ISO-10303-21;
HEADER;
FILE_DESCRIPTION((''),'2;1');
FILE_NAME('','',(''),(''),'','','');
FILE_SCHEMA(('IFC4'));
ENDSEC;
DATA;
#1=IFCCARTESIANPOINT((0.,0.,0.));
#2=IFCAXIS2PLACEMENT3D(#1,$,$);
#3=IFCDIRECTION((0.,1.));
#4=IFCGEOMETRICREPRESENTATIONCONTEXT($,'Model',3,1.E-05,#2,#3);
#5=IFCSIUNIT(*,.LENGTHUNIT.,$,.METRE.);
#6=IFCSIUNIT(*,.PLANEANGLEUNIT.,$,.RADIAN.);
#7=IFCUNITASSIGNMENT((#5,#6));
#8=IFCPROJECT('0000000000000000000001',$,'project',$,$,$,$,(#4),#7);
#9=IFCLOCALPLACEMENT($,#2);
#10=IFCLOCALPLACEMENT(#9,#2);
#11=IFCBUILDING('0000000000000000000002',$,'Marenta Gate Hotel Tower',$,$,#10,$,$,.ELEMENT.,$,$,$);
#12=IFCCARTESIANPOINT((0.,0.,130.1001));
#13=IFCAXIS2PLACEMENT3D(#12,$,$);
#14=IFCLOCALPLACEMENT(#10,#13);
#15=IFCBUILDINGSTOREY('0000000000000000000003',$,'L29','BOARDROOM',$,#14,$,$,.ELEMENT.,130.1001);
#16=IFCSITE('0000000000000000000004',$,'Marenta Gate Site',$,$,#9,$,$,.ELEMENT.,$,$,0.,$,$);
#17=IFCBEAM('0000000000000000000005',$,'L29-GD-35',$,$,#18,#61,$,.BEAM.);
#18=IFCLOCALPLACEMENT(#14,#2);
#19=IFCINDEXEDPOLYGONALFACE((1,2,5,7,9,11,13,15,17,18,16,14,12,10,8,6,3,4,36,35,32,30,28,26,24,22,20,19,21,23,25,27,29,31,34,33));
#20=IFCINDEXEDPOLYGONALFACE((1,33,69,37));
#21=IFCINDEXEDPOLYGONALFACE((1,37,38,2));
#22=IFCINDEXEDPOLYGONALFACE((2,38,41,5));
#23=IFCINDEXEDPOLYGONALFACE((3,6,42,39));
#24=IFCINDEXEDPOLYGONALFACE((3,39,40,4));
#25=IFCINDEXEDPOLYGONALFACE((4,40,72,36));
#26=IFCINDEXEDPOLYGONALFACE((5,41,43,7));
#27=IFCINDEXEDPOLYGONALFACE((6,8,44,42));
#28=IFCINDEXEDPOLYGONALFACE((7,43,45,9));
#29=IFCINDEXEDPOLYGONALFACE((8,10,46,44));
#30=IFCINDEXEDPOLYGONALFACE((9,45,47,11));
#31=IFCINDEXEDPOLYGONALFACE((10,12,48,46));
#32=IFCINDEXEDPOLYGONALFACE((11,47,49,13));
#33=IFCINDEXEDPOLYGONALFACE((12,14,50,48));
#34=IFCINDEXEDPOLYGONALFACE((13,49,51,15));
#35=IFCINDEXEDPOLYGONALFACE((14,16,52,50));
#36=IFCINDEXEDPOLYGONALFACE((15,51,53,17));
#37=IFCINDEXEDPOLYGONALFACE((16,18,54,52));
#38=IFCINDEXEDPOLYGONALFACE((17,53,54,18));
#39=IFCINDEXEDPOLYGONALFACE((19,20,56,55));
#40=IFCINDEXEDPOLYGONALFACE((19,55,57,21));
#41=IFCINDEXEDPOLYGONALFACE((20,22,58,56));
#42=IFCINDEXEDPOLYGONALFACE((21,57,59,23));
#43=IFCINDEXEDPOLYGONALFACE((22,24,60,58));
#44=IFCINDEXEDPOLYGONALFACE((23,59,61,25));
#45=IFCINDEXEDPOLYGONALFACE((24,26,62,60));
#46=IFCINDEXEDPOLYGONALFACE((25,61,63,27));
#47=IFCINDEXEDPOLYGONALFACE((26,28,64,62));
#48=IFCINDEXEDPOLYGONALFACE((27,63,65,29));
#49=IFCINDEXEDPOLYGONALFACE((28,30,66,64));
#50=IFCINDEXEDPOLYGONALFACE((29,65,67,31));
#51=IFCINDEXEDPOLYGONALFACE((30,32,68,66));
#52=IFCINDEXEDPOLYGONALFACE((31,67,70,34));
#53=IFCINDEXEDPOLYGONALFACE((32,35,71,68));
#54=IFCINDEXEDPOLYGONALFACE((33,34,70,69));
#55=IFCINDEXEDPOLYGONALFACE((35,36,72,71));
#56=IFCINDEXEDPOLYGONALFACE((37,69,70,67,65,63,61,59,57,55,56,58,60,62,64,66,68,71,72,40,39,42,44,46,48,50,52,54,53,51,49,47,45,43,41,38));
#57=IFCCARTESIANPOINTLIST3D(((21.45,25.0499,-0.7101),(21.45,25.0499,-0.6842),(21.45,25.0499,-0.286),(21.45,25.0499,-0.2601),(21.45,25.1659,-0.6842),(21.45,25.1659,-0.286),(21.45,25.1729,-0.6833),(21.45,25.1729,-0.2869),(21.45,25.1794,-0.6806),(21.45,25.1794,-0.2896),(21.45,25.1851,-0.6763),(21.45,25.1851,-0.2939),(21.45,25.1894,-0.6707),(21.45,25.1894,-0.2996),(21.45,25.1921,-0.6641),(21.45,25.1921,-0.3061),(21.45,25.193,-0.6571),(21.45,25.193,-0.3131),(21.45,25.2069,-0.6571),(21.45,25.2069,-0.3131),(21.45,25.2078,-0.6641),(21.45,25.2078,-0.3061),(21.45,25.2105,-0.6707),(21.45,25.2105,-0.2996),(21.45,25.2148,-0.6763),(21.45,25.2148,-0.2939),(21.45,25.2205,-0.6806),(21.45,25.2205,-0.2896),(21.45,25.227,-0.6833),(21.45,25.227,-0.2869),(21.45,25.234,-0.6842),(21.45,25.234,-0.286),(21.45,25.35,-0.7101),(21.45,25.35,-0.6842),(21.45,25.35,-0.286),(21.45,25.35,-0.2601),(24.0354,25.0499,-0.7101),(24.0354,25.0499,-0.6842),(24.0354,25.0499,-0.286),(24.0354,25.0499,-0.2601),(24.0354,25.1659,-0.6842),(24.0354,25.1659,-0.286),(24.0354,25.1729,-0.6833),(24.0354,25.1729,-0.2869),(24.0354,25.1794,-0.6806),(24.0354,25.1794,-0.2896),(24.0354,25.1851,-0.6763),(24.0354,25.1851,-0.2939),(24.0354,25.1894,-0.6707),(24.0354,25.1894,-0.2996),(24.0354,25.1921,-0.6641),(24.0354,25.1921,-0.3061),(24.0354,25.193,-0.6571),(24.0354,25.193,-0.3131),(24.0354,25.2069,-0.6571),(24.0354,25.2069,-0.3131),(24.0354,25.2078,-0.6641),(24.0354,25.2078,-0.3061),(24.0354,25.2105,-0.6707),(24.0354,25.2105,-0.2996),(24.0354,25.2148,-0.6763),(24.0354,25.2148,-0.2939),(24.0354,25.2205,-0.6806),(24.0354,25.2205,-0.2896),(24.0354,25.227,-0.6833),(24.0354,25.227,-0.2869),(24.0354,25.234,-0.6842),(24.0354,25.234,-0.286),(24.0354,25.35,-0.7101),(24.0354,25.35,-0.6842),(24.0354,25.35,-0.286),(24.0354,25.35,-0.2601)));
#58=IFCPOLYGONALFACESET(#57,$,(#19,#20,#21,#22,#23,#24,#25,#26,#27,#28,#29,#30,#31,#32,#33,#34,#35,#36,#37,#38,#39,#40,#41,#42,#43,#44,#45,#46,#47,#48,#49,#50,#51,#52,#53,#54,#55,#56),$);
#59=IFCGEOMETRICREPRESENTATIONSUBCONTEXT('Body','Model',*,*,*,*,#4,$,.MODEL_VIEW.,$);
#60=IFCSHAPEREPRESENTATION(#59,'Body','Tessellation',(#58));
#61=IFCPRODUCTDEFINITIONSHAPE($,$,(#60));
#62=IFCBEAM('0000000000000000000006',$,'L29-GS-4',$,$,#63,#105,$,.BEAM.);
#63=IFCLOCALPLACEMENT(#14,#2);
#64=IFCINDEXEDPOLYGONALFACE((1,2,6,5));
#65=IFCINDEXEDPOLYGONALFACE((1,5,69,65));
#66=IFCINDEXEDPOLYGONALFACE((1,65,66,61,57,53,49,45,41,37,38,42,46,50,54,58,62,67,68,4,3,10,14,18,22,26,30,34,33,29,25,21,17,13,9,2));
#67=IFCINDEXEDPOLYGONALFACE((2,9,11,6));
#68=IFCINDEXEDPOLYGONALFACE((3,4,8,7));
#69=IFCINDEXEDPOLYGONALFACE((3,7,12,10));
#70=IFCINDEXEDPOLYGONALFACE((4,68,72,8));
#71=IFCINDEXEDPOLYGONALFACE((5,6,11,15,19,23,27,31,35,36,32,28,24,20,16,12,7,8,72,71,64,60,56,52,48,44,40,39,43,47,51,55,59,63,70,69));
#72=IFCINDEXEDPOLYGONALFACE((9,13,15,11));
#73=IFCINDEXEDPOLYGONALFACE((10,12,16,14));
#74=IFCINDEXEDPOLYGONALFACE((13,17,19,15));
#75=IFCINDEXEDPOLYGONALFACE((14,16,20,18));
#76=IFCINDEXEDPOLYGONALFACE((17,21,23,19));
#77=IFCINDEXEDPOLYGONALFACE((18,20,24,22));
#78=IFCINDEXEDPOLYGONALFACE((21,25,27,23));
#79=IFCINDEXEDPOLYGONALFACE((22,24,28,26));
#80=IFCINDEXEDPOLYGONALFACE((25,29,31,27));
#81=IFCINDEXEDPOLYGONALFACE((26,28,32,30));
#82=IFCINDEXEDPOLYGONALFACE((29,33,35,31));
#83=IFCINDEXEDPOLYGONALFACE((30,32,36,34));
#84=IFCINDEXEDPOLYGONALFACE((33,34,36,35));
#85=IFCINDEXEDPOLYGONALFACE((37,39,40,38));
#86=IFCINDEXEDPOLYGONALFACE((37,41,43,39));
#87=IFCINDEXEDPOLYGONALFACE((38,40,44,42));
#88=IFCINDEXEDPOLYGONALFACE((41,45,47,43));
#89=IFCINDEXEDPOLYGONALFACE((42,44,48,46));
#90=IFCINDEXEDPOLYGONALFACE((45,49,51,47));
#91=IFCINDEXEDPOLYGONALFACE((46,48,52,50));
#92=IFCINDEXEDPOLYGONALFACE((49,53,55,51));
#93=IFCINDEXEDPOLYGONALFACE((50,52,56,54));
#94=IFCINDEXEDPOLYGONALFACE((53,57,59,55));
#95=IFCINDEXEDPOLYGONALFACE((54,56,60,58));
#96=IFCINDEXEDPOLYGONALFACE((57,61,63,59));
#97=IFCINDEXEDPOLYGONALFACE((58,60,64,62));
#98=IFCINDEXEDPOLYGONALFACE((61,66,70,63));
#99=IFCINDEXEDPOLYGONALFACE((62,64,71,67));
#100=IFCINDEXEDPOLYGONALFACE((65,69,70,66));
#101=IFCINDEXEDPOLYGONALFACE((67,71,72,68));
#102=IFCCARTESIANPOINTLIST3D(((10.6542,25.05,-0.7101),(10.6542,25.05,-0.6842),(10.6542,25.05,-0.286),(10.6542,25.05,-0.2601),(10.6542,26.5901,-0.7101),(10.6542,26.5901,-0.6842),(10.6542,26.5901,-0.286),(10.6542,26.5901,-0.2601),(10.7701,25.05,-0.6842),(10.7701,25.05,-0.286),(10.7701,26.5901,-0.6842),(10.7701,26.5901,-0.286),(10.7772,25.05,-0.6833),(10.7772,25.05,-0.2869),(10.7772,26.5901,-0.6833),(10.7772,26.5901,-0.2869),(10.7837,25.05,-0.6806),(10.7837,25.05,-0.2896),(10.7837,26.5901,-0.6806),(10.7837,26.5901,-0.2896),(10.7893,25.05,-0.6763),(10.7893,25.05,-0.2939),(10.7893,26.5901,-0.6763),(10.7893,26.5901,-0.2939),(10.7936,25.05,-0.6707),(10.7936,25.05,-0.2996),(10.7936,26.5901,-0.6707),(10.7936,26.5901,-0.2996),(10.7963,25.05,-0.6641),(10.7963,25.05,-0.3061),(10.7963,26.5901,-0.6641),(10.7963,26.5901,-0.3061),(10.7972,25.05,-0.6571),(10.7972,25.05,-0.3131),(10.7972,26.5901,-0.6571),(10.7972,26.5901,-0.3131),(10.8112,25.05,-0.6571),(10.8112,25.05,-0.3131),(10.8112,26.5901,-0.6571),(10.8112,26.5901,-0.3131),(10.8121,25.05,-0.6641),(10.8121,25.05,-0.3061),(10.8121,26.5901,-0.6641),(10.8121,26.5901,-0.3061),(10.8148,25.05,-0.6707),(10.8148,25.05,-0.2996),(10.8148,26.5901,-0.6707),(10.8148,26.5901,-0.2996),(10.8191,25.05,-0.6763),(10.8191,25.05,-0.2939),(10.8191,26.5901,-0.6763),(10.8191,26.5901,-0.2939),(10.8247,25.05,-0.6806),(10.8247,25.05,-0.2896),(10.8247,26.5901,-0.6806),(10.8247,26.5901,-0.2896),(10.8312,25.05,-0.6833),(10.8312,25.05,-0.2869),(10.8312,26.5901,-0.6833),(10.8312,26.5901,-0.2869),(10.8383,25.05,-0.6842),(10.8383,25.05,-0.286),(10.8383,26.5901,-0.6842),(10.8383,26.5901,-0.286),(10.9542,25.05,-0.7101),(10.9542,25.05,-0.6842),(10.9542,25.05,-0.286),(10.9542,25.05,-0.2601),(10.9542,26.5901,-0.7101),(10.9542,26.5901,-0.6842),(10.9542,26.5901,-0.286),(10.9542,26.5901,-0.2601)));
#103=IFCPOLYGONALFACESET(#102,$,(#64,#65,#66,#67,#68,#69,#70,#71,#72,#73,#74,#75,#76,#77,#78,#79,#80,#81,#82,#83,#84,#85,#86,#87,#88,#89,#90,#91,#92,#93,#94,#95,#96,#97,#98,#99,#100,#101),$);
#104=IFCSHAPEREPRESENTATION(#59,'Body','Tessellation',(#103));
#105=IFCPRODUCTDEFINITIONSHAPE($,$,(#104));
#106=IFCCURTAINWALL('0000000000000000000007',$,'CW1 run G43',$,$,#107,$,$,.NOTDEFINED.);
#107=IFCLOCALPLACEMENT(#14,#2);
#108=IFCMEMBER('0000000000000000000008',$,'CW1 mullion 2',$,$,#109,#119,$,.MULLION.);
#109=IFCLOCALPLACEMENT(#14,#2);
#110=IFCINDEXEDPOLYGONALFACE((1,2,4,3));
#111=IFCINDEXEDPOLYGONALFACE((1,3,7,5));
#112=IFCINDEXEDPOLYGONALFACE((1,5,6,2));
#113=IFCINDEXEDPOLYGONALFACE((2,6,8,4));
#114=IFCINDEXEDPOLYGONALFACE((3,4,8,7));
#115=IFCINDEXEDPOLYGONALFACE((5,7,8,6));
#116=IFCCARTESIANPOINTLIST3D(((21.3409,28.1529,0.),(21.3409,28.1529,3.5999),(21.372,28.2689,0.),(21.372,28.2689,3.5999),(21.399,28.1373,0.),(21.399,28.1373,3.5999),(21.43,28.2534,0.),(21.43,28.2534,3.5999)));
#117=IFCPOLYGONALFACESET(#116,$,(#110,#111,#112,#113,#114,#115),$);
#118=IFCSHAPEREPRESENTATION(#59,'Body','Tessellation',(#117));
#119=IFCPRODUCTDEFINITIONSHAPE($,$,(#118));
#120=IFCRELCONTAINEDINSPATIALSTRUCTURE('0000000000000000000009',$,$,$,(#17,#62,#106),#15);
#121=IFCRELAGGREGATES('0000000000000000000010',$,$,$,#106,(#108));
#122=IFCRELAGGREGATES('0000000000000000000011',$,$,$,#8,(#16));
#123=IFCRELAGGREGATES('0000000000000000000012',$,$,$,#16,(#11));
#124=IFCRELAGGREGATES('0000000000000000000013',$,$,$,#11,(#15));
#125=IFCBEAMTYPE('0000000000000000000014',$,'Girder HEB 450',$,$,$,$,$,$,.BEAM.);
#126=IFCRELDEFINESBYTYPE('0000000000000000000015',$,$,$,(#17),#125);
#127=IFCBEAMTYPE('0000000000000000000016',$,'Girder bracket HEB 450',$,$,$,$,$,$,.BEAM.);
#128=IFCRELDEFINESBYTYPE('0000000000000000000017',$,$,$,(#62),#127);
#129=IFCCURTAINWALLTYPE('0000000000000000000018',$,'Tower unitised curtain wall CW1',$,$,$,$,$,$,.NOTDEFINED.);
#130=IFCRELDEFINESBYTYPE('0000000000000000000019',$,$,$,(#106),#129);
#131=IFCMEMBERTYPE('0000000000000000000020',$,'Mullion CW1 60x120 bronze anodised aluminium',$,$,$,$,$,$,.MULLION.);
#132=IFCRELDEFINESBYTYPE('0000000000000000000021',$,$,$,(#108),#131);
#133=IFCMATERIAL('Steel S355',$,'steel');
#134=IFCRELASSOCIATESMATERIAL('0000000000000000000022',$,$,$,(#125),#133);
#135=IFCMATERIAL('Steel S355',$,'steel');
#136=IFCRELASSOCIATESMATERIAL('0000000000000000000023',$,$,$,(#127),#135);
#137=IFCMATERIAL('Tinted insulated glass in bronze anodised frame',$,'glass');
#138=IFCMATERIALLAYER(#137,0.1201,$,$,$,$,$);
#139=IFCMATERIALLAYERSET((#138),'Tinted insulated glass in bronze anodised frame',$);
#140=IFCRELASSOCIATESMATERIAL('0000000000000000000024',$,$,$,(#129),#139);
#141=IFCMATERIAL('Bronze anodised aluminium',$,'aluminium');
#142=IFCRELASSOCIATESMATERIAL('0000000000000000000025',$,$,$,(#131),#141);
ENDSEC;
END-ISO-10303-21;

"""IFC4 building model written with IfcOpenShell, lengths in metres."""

from ifc_helpers import new_model, si_unit, direction, frame, origin, origin_2d, place, context, subcontext, project, spatial, rectangle, i_section, extrude, material, layer, layer_set, material_profile, profile_set, type_object, element, aggregate, save


model = new_model("IFC4")

# Units and contexts
model_context = context("Model", 3, precision=1e-05, world=origin(), true_north=direction((0.0, 1.0)))
body_context = subcontext(model_context, "Body", "Model", "MODEL_VIEW")
ifc_project = project(units=[si_unit("LENGTHUNIT", "METRE"), si_unit("PLANEANGLEUNIT", "RADIAN")], contexts=[model_context])

# Site, building, storey
site_placement = place(None, origin())
site = spatial("IfcSite", under=ifc_project, at=site_placement, Name="Marenta Gate Site", CompositionType="ELEMENT", RefElevation=0.0)
building_placement = place(site_placement, origin())
building = spatial("IfcBuilding", under=site, at=building_placement, Name="Marenta Gate Hotel Tower", CompositionType="ELEMENT")
storey_placement = place(building_placement, frame((0.0, 0.0, 130.1001)))
storey = spatial("IfcBuildingStorey", under=building, at=storey_placement, Name="L29", Description="BOARDROOM", CompositionType="ELEMENT", Elevation=130.1001)

# Beams
ifc_material_1 = material(Name="Steel S355", Category="steel")
ifc_material_profile_1 = material_profile(ifc_material_1, i_section(OverallWidth=0.3, OverallDepth=0.45, WebThickness=0.0139, FlangeThickness=0.0259, FilletRadius=0.0271, at=origin_2d()), Name="HEB 450")
ifc_profile_set_1 = profile_set([ifc_material_profile_1], Name="Steel S355")
beam_type_1 = type_object("IfcBeamType", Name="Girder HEB 450", PredefinedType="BEAM", material=ifc_profile_set_1)
beam_1_placement = place(storey_placement, frame((21.45, 25.2, -0.4851), z_axis=(1.0, 0.0, 0.0), x_axis=(0.0, 1.0, 0.0)))
element("IfcBeam", 1, at=beam_1_placement, inside=storey, type_object=beam_type_1, Name="L29-GD-35", PredefinedType="BEAM", context=body_context, shape_type="SweptSolid", body=[
    extrude(i_section(OverallWidth=0.3, OverallDepth=0.45, WebThickness=0.0139, FlangeThickness=0.0259, FilletRadius=0.0271, at=origin_2d()), origin(), (0.0, 0.0, 1.0), 2.5854),
])
ifc_material_2 = material(Name="Steel S355", Category="steel")
ifc_material_profile_2 = material_profile(ifc_material_2, i_section(OverallWidth=0.3, OverallDepth=0.45, WebThickness=0.0139, FlangeThickness=0.0259, FilletRadius=0.0271, at=origin_2d()), Name="HEB 450")
ifc_profile_set_2 = profile_set([ifc_material_profile_2], Name="Steel S355")
beam_type_2 = type_object("IfcBeamType", Name="Girder bracket HEB 450", PredefinedType="BEAM", material=ifc_profile_set_2)
beam_2_placement = place(storey_placement, frame((10.8042, 25.05, -0.4851), z_axis=(0.0, 1.0, 0.0), x_axis=(-1.0, 0.0, 0.0)))
element("IfcBeam", 2, at=beam_2_placement, inside=storey, type_object=beam_type_2, Name="L29-GS-4", PredefinedType="BEAM", context=body_context, shape_type="SweptSolid", body=[
    extrude(i_section(OverallWidth=0.3, OverallDepth=0.45, WebThickness=0.0139, FlangeThickness=0.0259, FilletRadius=0.0271, at=origin_2d()), origin(), (0.0, 0.0, 1.0), 1.54),
])

# Curtain wall, member
ifc_material_3 = material(Name="Tinted insulated glass in bronze anodised frame", Category="glass")
ifc_layer_1 = layer(ifc_material_3, 0.1201)
ifc_layer_set_1 = layer_set([ifc_layer_1], Name="Tinted insulated glass in bronze anodised frame")
curtain_wall_type = type_object("IfcCurtainWallType", Name="Tower unitised curtain wall CW1", PredefinedType="NOTDEFINED", material=ifc_layer_set_1)
curtain_wall_placement = place(storey_placement, origin())
curtain_wall = element("IfcCurtainWall", 3, at=curtain_wall_placement, inside=storey, type_object=curtain_wall_type, Name="CW1 run G43", PredefinedType="NOTDEFINED")
ifc_material_4 = material(Name="Bronze anodised aluminium", Category="aluminium")
ifc_material_profile_3 = material_profile(ifc_material_4, rectangle(XDim=0.1201, YDim=0.0601, at=origin_2d()), Name="Mullion CW1 60x120 bronze anodised aluminium")
ifc_profile_set_3 = profile_set([ifc_material_profile_3], Name="Bronze anodised aluminium")
member_type = type_object("IfcMemberType", Name="Mullion CW1 60x120 bronze anodised aluminium", PredefinedType="MULLION", material=ifc_profile_set_3)
member_placement = place(storey_placement, frame((21.3855, 28.2031, 0.0), z_axis=(0.0, 0.0, 1.0), x_axis=(-0.258806, -0.965929, 0.0)))
member = element("IfcMember", 4, at=member_placement, type_object=member_type, Name="CW1 mullion 2", PredefinedType="MULLION", context=body_context, shape_type="SweptSolid", body=[
    extrude(rectangle(XDim=0.1201, YDim=0.0601, at=origin_2d()), origin(), (0.0, 0.0, 1.0), 3.5999),
])
aggregate(curtain_wall, [member])

save(model, "model.ifc")
